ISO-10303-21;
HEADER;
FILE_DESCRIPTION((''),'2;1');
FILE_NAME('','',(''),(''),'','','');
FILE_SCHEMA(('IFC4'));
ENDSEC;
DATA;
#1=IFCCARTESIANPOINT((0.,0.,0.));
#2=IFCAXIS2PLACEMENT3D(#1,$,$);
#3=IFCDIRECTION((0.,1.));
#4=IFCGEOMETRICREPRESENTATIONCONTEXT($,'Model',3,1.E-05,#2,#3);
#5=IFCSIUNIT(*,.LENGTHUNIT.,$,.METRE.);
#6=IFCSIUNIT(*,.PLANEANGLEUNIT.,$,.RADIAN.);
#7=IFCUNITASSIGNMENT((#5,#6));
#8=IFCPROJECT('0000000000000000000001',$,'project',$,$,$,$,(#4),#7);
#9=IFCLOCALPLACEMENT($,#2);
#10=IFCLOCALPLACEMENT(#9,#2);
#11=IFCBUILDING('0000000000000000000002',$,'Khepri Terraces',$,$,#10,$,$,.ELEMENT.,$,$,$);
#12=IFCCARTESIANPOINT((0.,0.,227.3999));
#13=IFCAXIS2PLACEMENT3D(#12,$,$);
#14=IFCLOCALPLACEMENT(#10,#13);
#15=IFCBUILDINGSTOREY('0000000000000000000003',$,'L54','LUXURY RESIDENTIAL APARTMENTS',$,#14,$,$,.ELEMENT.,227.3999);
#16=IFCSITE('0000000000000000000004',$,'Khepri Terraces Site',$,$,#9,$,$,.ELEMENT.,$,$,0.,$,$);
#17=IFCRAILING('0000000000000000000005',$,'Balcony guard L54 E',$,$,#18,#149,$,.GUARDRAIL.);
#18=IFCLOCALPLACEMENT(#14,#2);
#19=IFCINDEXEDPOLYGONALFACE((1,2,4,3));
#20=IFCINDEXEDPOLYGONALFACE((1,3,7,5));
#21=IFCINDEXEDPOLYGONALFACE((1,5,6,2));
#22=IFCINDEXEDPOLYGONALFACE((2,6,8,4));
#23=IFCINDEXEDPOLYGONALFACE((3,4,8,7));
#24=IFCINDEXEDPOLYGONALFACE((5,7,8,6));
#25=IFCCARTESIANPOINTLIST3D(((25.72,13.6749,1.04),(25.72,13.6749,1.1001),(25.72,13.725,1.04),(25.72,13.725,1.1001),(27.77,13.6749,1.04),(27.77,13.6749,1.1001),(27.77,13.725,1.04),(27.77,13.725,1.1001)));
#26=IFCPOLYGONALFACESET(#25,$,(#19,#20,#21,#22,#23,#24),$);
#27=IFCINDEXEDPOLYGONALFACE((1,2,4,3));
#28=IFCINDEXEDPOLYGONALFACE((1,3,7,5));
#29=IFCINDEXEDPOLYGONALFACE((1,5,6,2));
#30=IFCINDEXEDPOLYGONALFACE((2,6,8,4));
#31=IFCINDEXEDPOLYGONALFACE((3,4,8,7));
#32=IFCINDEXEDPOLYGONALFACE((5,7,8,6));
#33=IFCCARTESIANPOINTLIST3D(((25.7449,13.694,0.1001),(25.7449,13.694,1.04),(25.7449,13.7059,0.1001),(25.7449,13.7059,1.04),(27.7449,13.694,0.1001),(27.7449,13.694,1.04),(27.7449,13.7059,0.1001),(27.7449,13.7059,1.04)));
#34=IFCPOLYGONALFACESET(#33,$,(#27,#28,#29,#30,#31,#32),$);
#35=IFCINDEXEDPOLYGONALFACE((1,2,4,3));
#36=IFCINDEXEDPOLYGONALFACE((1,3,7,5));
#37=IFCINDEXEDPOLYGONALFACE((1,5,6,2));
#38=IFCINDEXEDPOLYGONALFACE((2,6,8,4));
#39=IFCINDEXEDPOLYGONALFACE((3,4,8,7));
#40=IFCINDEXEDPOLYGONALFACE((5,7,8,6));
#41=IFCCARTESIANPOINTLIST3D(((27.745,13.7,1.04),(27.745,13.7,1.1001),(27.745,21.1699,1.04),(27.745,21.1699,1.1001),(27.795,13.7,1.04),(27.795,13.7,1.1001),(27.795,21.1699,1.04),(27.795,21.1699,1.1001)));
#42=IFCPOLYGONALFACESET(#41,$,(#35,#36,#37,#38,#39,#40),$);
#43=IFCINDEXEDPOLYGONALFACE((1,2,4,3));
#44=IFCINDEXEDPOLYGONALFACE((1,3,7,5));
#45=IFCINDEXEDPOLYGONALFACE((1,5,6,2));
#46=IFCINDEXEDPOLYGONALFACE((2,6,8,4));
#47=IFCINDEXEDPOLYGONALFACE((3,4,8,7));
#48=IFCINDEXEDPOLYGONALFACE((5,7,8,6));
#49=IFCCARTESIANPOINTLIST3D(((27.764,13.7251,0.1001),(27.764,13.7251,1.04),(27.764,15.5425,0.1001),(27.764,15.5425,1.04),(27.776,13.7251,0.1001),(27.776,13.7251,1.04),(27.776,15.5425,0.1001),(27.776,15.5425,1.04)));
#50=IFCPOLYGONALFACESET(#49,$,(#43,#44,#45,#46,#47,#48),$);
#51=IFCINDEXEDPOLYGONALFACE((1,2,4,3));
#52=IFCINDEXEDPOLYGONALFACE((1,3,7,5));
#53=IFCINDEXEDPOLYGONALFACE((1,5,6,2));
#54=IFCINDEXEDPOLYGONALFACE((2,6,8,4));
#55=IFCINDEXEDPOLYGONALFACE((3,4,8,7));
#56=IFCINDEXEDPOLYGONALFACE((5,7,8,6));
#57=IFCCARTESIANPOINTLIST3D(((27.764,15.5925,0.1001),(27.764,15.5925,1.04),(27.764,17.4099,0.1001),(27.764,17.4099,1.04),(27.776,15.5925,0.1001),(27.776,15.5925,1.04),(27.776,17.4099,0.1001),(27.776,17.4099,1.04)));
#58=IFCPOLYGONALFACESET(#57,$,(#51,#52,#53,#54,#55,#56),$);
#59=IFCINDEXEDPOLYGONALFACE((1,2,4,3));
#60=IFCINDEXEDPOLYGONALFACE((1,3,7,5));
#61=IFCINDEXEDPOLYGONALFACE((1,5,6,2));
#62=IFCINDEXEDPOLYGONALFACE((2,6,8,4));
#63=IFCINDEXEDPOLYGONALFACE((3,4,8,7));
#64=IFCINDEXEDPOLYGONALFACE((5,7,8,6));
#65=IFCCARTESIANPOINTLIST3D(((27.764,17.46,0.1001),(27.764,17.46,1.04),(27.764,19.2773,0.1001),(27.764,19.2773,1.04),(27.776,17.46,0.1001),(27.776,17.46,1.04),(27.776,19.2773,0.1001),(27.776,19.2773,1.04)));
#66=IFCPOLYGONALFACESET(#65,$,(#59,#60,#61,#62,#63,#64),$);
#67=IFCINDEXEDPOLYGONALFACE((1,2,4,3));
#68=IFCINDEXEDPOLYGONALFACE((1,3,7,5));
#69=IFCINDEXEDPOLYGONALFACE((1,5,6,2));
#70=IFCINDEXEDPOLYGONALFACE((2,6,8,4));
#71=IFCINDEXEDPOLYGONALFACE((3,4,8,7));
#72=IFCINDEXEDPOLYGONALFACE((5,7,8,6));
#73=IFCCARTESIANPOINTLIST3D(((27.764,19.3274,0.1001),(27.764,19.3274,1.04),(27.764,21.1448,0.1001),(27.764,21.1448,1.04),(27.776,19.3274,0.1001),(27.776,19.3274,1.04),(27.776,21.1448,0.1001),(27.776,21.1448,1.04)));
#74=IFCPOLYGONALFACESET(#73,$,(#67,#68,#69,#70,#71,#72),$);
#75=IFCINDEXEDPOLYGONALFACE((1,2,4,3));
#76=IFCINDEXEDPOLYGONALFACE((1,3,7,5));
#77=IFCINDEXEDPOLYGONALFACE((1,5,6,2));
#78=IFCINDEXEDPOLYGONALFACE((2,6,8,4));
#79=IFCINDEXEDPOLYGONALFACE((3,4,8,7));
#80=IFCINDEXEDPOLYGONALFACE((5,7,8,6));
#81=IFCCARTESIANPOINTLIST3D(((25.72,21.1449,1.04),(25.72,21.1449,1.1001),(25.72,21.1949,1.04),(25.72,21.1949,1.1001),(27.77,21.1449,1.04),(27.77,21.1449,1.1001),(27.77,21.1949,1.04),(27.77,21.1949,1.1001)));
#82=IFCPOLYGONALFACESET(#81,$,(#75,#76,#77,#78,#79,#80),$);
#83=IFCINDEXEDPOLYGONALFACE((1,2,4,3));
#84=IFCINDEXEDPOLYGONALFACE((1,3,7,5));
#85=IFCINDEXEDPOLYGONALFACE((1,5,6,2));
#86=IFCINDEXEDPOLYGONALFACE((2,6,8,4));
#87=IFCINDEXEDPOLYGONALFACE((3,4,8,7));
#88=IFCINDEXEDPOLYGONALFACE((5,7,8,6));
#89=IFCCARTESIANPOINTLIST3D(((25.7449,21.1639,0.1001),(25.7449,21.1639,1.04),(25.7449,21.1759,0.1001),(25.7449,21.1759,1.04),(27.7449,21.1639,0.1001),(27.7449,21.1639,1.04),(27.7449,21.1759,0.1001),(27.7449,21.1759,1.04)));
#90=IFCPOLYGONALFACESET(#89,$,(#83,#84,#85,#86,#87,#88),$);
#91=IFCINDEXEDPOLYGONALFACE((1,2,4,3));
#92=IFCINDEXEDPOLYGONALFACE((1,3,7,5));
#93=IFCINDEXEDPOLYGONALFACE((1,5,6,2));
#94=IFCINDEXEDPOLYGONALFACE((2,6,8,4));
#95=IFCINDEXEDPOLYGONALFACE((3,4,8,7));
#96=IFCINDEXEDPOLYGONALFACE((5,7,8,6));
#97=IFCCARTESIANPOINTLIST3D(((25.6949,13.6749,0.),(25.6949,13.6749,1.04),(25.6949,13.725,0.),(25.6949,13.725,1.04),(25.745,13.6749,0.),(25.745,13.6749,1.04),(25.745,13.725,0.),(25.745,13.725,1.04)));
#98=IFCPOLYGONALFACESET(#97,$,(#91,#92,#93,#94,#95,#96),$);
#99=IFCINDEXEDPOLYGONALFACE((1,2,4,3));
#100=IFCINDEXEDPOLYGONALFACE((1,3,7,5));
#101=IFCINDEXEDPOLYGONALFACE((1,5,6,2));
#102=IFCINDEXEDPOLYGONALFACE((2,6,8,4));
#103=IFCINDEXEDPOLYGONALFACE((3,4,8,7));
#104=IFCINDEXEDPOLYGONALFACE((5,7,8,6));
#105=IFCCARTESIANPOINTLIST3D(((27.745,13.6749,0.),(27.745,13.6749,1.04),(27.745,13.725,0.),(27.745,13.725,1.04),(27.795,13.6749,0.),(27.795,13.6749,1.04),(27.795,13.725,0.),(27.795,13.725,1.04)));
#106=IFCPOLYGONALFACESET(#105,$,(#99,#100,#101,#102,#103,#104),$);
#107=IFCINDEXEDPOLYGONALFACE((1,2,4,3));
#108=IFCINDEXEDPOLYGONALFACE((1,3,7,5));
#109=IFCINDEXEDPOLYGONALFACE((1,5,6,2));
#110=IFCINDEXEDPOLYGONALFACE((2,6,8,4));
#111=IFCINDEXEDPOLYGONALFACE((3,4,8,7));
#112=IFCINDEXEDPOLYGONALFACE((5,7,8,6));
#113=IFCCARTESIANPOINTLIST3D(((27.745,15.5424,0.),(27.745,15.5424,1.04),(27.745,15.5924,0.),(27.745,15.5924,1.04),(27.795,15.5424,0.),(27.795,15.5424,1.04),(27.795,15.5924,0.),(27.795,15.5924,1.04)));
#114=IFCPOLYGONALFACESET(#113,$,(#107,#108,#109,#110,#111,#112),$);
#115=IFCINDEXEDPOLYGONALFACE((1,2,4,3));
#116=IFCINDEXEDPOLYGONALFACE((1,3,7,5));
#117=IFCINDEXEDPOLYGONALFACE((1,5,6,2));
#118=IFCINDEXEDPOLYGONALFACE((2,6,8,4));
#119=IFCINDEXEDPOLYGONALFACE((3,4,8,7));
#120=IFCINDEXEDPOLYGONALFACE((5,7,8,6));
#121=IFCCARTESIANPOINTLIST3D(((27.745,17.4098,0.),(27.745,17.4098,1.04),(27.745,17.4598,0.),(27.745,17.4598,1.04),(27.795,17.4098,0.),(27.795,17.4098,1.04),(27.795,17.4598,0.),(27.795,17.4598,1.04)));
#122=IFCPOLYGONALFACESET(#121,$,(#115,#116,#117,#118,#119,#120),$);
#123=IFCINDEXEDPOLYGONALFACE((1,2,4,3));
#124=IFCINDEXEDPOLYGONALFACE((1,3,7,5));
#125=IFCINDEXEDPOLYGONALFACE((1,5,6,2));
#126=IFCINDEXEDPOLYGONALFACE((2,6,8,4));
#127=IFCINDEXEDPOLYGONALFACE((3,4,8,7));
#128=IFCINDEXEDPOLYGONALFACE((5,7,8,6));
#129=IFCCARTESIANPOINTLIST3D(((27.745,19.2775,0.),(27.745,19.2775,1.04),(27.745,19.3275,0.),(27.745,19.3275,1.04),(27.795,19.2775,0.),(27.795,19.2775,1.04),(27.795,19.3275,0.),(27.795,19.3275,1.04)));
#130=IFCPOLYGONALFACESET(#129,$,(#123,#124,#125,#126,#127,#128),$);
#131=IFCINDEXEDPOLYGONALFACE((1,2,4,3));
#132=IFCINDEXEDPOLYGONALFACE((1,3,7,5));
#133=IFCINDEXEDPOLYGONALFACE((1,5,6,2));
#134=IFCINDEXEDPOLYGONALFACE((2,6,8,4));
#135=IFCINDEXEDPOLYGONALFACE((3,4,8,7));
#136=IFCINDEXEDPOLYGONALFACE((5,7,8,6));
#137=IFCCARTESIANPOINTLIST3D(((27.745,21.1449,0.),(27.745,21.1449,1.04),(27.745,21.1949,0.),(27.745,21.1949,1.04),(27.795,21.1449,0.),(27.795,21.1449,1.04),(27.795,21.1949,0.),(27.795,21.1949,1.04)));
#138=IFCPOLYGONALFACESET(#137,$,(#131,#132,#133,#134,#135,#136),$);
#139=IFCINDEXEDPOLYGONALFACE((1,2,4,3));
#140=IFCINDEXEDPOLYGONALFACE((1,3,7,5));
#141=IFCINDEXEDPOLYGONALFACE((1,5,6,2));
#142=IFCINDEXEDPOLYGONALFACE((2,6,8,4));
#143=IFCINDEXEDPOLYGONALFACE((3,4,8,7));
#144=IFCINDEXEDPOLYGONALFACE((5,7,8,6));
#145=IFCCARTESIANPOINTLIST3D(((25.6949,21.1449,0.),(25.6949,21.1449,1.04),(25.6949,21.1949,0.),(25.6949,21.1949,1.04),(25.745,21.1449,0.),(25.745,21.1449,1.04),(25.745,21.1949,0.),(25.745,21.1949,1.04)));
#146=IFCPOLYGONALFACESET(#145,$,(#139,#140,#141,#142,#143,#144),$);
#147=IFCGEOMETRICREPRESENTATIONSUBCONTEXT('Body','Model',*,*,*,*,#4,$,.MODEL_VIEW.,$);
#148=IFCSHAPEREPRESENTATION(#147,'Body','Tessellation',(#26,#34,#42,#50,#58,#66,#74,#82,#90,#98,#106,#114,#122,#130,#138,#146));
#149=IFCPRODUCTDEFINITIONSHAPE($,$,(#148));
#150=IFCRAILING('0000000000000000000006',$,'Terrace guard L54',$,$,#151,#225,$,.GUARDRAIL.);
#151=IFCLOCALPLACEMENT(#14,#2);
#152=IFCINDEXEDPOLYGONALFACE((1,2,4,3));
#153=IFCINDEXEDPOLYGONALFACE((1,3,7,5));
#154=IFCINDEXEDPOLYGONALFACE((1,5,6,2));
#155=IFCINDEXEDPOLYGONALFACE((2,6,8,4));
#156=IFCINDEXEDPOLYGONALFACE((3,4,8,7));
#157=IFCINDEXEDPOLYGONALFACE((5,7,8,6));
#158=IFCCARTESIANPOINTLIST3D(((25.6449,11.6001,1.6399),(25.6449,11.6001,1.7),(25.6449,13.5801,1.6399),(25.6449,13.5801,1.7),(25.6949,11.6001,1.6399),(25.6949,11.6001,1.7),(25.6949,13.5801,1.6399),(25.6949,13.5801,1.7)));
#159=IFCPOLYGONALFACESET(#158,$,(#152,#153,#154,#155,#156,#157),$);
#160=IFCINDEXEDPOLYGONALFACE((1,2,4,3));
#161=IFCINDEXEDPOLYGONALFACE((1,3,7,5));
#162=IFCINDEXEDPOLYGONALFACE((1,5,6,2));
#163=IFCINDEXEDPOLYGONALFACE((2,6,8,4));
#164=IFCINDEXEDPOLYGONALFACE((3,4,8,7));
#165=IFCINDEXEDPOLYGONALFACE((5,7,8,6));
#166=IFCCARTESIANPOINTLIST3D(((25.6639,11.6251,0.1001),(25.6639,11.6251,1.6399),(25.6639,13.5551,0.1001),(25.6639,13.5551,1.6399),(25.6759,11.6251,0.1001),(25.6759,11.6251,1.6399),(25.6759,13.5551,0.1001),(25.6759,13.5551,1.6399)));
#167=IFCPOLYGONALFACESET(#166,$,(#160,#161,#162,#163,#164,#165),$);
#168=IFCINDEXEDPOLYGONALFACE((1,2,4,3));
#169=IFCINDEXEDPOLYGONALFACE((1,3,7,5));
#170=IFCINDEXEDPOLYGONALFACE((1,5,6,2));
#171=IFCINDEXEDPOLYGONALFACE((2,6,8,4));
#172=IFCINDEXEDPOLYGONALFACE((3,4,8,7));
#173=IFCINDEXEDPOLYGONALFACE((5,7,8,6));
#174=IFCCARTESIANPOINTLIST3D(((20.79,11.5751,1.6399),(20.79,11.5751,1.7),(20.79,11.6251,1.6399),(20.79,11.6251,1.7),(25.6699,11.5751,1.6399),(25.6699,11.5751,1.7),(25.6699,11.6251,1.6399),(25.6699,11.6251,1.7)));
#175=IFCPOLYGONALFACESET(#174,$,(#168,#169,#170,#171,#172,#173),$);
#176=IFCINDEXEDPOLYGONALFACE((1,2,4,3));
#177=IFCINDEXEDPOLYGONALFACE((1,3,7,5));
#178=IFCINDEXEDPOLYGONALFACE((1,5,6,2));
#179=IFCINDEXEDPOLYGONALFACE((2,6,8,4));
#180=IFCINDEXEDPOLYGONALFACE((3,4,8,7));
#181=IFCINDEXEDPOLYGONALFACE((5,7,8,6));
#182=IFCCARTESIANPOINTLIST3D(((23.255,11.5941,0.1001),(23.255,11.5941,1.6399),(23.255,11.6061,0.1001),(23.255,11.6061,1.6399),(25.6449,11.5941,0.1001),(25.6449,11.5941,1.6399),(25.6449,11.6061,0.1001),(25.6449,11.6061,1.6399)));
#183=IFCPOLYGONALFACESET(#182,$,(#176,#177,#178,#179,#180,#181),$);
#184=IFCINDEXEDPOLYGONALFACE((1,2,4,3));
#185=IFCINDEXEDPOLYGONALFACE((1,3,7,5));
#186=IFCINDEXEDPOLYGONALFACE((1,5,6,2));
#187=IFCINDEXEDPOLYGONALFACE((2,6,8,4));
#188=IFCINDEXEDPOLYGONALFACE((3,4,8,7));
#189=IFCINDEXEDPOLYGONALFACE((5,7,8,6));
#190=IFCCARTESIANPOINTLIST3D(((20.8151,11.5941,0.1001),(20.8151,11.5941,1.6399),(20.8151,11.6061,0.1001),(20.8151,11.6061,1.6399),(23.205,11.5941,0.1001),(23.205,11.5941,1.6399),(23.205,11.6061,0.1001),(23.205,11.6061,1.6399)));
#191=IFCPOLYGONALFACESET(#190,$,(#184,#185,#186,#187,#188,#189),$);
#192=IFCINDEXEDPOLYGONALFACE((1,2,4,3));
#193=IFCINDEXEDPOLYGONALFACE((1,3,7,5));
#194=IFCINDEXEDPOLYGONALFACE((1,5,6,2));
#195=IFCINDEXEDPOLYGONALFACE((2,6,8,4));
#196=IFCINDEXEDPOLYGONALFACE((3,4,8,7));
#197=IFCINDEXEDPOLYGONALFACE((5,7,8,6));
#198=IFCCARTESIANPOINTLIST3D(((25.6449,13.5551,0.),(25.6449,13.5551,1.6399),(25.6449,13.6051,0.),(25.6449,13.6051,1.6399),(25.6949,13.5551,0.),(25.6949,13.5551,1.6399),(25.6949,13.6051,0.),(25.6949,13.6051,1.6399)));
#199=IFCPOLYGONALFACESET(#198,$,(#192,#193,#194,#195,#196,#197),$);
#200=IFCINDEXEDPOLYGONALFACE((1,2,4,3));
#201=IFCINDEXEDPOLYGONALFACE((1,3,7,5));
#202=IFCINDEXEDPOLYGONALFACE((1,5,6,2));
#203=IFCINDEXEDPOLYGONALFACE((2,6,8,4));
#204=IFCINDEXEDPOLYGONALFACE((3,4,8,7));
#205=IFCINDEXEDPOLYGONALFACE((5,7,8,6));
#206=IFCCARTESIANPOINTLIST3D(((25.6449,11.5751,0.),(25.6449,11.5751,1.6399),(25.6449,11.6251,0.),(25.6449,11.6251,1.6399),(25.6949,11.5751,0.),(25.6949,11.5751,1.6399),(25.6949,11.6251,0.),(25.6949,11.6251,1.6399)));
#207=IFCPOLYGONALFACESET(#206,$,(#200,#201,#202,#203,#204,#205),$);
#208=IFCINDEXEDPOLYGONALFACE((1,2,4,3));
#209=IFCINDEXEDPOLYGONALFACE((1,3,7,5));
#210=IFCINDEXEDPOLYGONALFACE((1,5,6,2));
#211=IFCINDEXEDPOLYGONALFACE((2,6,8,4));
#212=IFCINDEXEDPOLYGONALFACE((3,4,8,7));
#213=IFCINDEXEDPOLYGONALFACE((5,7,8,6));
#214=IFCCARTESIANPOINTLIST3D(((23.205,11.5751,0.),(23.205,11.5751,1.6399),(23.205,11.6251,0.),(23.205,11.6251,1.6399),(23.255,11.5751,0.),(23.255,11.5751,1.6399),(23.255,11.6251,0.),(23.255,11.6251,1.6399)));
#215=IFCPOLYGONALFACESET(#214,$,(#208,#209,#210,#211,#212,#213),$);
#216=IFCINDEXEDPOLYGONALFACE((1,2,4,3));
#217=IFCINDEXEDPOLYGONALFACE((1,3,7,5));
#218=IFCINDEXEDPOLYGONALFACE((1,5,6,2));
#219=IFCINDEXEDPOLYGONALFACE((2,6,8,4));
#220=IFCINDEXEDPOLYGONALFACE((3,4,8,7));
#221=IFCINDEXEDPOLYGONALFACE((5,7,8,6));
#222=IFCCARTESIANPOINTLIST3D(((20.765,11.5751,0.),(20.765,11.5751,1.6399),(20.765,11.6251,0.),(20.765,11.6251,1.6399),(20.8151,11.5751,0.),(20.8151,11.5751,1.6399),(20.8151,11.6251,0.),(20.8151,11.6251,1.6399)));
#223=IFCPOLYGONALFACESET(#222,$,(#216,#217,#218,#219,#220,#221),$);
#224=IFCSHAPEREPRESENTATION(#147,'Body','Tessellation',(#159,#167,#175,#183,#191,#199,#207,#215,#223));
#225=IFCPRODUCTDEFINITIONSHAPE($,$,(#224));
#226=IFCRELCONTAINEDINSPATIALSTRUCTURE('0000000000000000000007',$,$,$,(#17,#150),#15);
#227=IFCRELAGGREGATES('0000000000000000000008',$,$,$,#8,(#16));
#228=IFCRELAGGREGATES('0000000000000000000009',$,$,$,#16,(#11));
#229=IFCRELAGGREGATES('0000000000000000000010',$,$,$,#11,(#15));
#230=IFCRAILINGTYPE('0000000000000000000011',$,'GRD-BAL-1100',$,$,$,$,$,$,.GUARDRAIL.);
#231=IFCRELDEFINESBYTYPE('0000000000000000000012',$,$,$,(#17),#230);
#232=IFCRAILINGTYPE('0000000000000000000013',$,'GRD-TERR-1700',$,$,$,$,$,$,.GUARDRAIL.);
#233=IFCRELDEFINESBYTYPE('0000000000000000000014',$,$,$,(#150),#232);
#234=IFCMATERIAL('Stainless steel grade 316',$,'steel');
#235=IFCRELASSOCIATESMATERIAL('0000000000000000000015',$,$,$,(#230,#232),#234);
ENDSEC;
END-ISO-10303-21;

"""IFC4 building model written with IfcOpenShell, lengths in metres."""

from ifc_helpers import new_model, si_unit, direction, frame, origin, origin_2d, place, context, subcontext, project, spatial, rectangle, extrude, material, type_object, element, save


model = new_model("IFC4")

# Units and contexts
model_context = context("Model", 3, precision=1e-05, world=origin(), true_north=direction((0.0, 1.0)))
body_context = subcontext(model_context, "Body", "Model", "MODEL_VIEW")
ifc_project = project(units=[si_unit("LENGTHUNIT", "METRE"), si_unit("PLANEANGLEUNIT", "RADIAN")], contexts=[model_context])

# Site, building, storey
site_placement = place(None, origin())
site = spatial("IfcSite", under=ifc_project, at=site_placement, Name="Khepri Terraces Site", CompositionType="ELEMENT", RefElevation=0.0)
building_placement = place(site_placement, origin())
building = spatial("IfcBuilding", under=site, at=building_placement, Name="Khepri Terraces", CompositionType="ELEMENT")
storey_placement = place(building_placement, frame((0.0, 0.0, 227.3999)))
storey = spatial("IfcBuildingStorey", under=building, at=storey_placement, Name="L54", Description="LUXURY RESIDENTIAL APARTMENTS", CompositionType="ELEMENT", Elevation=227.3999)

# Railings
ifc_material_1 = material(Name="Stainless steel grade 316", Category="steel")
railing_type_1 = type_object("IfcRailingType", Name="GRD-BAL-1100", PredefinedType="GUARDRAIL", material=ifc_material_1)
railing_1_placement = place(storey_placement, frame((25.72, 13.7, 0.0)))
element("IfcRailing", 1, at=railing_1_placement, inside=storey, type_object=railing_type_1, Name="Balcony guard L54 E", PredefinedType="GUARDRAIL", context=body_context, shape_type="SweptSolid", body=[
    extrude(rectangle(XDim=0.05, YDim=0.0601, at=origin_2d()), frame((0.0, 0.0, 1.0701), z_axis=(1.0, 0.0, 0.0), x_axis=(0.0, 1.0, 0.0)), (0.0, 0.0, 1.0), 2.05),
    extrude(rectangle(XDim=2.0, YDim=0.012, at=origin_2d()), frame((1.0249, 0.0, 0.1001), z_axis=(0.0, 0.0, 1.0), x_axis=(1.0, 0.0, 0.0)), (0.0, 0.0, 1.0), 0.9399),
    extrude(rectangle(XDim=0.05, YDim=0.0601, at=origin_2d()), frame((2.05, 0.0, 1.0701), z_axis=(0.0, 1.0, 0.0), x_axis=(-1.0, 0.0, 0.0)), (0.0, 0.0, 1.0), 7.47),
    extrude(rectangle(XDim=1.8174, YDim=0.012, at=origin_2d()), frame((2.05, 0.9338, 0.1001), z_axis=(0.0, 0.0, 1.0), x_axis=(0.0, 1.0, 0.0)), (0.0, 0.0, 1.0), 0.9399),
    extrude(rectangle(XDim=1.8174, YDim=0.012, at=origin_2d()), frame((2.05, 2.8013, 0.1001), z_axis=(0.0, 0.0, 1.0), x_axis=(0.0, 1.0, 0.0)), (0.0, 0.0, 1.0), 0.9399),
    extrude(rectangle(XDim=1.8174, YDim=0.012, at=origin_2d()), frame((2.05, 4.6687, 0.1001), z_axis=(0.0, 0.0, 1.0), x_axis=(0.0, 1.0, 0.0)), (0.0, 0.0, 1.0), 0.9399),
    extrude(rectangle(XDim=1.8174, YDim=0.012, at=origin_2d()), frame((2.05, 6.5361, 0.1001), z_axis=(0.0, 0.0, 1.0), x_axis=(0.0, 1.0, 0.0)), (0.0, 0.0, 1.0), 0.9399),
    extrude(rectangle(XDim=0.05, YDim=0.0601, at=origin_2d()), frame((2.05, 7.47, 1.0701), z_axis=(-1.0, 0.0, 0.0), x_axis=(0.0, -1.0, 0.0)), (0.0, 0.0, 1.0), 2.05),
    extrude(rectangle(XDim=2.0, YDim=0.012, at=origin_2d()), frame((1.0249, 7.47, 0.1001), z_axis=(0.0, 0.0, 1.0), x_axis=(-1.0, 0.0, 0.0)), (0.0, 0.0, 1.0), 0.9399),
    extrude(rectangle(XDim=0.05, YDim=0.05, at=origin_2d()), origin(), (0.0, 0.0, 1.0), 1.04),
    extrude(rectangle(XDim=0.05, YDim=0.05, at=origin_2d()), frame((2.05, 0.0, 0.0)), (0.0, 0.0, 1.0), 1.04),
    extrude(rectangle(XDim=0.05, YDim=0.05, at=origin_2d()), frame((2.05, 1.8674, 0.0)), (0.0, 0.0, 1.0), 1.04),
    extrude(rectangle(XDim=0.05, YDim=0.05, at=origin_2d()), frame((2.05, 3.7349, 0.0)), (0.0, 0.0, 1.0), 1.04),
    extrude(rectangle(XDim=0.05, YDim=0.05, at=origin_2d()), frame((2.05, 5.6025, 0.0)), (0.0, 0.0, 1.0), 1.04),
    extrude(rectangle(XDim=0.05, YDim=0.05, at=origin_2d()), frame((2.05, 7.47, 0.0)), (0.0, 0.0, 1.0), 1.04),
    extrude(rectangle(XDim=0.05, YDim=0.05, at=origin_2d()), frame((0.0, 7.47, 0.0)), (0.0, 0.0, 1.0), 1.04),
])
railing_type_2 = type_object("IfcRailingType", Name="GRD-TERR-1700", PredefinedType="GUARDRAIL", material=ifc_material_1)
railing_2_placement = place(storey_placement, frame((25.6699, 13.5801, 0.0)))
element("IfcRailing", 2, at=railing_2_placement, inside=storey, type_object=railing_type_2, Name="Terrace guard L54", PredefinedType="GUARDRAIL", context=body_context, shape_type="SweptSolid", body=[
    extrude(rectangle(XDim=0.05, YDim=0.0601, at=origin_2d()), frame((0.0, 0.0, 1.6699), z_axis=(0.0, -1.0, 0.0), x_axis=(1.0, 0.0, 0.0)), (0.0, 0.0, 1.0), 1.98),
    extrude(rectangle(XDim=1.9299, YDim=0.012, at=origin_2d()), frame((0.0, -0.99, 0.1001), z_axis=(0.0, 0.0, 1.0), x_axis=(0.0, -1.0, 0.0)), (0.0, 0.0, 1.0), 1.5398),
    extrude(rectangle(XDim=0.05, YDim=0.0601, at=origin_2d()), frame((0.0, -1.98, 1.6699), z_axis=(-1.0, 0.0, 0.0), x_axis=(0.0, -1.0, 0.0)), (0.0, 0.0, 1.0), 4.8799),
    extrude(rectangle(XDim=2.3899, YDim=0.012, at=origin_2d()), frame((-1.22, -1.98, 0.1001), z_axis=(0.0, 0.0, 1.0), x_axis=(-1.0, 0.0, 0.0)), (0.0, 0.0, 1.0), 1.5398),
    extrude(rectangle(XDim=2.3899, YDim=0.012, at=origin_2d()), frame((-3.6599, -1.98, 0.1001), z_axis=(0.0, 0.0, 1.0), x_axis=(-1.0, 0.0, 0.0)), (0.0, 0.0, 1.0), 1.5398),
    extrude(rectangle(XDim=0.05, YDim=0.05, at=origin_2d()), origin(), (0.0, 0.0, 1.0), 1.6399),
    extrude(rectangle(XDim=0.05, YDim=0.05, at=origin_2d()), frame((0.0, -1.98, 0.0)), (0.0, 0.0, 1.0), 1.6399),
    extrude(rectangle(XDim=0.05, YDim=0.05, at=origin_2d()), frame((-2.4399, -1.98, 0.0)), (0.0, 0.0, 1.0), 1.6399),
    extrude(rectangle(XDim=0.05, YDim=0.05, at=origin_2d()), frame((-4.8799, -1.98, 0.0)), (0.0, 0.0, 1.0), 1.6399),
])

save(model, "model.ifc")
